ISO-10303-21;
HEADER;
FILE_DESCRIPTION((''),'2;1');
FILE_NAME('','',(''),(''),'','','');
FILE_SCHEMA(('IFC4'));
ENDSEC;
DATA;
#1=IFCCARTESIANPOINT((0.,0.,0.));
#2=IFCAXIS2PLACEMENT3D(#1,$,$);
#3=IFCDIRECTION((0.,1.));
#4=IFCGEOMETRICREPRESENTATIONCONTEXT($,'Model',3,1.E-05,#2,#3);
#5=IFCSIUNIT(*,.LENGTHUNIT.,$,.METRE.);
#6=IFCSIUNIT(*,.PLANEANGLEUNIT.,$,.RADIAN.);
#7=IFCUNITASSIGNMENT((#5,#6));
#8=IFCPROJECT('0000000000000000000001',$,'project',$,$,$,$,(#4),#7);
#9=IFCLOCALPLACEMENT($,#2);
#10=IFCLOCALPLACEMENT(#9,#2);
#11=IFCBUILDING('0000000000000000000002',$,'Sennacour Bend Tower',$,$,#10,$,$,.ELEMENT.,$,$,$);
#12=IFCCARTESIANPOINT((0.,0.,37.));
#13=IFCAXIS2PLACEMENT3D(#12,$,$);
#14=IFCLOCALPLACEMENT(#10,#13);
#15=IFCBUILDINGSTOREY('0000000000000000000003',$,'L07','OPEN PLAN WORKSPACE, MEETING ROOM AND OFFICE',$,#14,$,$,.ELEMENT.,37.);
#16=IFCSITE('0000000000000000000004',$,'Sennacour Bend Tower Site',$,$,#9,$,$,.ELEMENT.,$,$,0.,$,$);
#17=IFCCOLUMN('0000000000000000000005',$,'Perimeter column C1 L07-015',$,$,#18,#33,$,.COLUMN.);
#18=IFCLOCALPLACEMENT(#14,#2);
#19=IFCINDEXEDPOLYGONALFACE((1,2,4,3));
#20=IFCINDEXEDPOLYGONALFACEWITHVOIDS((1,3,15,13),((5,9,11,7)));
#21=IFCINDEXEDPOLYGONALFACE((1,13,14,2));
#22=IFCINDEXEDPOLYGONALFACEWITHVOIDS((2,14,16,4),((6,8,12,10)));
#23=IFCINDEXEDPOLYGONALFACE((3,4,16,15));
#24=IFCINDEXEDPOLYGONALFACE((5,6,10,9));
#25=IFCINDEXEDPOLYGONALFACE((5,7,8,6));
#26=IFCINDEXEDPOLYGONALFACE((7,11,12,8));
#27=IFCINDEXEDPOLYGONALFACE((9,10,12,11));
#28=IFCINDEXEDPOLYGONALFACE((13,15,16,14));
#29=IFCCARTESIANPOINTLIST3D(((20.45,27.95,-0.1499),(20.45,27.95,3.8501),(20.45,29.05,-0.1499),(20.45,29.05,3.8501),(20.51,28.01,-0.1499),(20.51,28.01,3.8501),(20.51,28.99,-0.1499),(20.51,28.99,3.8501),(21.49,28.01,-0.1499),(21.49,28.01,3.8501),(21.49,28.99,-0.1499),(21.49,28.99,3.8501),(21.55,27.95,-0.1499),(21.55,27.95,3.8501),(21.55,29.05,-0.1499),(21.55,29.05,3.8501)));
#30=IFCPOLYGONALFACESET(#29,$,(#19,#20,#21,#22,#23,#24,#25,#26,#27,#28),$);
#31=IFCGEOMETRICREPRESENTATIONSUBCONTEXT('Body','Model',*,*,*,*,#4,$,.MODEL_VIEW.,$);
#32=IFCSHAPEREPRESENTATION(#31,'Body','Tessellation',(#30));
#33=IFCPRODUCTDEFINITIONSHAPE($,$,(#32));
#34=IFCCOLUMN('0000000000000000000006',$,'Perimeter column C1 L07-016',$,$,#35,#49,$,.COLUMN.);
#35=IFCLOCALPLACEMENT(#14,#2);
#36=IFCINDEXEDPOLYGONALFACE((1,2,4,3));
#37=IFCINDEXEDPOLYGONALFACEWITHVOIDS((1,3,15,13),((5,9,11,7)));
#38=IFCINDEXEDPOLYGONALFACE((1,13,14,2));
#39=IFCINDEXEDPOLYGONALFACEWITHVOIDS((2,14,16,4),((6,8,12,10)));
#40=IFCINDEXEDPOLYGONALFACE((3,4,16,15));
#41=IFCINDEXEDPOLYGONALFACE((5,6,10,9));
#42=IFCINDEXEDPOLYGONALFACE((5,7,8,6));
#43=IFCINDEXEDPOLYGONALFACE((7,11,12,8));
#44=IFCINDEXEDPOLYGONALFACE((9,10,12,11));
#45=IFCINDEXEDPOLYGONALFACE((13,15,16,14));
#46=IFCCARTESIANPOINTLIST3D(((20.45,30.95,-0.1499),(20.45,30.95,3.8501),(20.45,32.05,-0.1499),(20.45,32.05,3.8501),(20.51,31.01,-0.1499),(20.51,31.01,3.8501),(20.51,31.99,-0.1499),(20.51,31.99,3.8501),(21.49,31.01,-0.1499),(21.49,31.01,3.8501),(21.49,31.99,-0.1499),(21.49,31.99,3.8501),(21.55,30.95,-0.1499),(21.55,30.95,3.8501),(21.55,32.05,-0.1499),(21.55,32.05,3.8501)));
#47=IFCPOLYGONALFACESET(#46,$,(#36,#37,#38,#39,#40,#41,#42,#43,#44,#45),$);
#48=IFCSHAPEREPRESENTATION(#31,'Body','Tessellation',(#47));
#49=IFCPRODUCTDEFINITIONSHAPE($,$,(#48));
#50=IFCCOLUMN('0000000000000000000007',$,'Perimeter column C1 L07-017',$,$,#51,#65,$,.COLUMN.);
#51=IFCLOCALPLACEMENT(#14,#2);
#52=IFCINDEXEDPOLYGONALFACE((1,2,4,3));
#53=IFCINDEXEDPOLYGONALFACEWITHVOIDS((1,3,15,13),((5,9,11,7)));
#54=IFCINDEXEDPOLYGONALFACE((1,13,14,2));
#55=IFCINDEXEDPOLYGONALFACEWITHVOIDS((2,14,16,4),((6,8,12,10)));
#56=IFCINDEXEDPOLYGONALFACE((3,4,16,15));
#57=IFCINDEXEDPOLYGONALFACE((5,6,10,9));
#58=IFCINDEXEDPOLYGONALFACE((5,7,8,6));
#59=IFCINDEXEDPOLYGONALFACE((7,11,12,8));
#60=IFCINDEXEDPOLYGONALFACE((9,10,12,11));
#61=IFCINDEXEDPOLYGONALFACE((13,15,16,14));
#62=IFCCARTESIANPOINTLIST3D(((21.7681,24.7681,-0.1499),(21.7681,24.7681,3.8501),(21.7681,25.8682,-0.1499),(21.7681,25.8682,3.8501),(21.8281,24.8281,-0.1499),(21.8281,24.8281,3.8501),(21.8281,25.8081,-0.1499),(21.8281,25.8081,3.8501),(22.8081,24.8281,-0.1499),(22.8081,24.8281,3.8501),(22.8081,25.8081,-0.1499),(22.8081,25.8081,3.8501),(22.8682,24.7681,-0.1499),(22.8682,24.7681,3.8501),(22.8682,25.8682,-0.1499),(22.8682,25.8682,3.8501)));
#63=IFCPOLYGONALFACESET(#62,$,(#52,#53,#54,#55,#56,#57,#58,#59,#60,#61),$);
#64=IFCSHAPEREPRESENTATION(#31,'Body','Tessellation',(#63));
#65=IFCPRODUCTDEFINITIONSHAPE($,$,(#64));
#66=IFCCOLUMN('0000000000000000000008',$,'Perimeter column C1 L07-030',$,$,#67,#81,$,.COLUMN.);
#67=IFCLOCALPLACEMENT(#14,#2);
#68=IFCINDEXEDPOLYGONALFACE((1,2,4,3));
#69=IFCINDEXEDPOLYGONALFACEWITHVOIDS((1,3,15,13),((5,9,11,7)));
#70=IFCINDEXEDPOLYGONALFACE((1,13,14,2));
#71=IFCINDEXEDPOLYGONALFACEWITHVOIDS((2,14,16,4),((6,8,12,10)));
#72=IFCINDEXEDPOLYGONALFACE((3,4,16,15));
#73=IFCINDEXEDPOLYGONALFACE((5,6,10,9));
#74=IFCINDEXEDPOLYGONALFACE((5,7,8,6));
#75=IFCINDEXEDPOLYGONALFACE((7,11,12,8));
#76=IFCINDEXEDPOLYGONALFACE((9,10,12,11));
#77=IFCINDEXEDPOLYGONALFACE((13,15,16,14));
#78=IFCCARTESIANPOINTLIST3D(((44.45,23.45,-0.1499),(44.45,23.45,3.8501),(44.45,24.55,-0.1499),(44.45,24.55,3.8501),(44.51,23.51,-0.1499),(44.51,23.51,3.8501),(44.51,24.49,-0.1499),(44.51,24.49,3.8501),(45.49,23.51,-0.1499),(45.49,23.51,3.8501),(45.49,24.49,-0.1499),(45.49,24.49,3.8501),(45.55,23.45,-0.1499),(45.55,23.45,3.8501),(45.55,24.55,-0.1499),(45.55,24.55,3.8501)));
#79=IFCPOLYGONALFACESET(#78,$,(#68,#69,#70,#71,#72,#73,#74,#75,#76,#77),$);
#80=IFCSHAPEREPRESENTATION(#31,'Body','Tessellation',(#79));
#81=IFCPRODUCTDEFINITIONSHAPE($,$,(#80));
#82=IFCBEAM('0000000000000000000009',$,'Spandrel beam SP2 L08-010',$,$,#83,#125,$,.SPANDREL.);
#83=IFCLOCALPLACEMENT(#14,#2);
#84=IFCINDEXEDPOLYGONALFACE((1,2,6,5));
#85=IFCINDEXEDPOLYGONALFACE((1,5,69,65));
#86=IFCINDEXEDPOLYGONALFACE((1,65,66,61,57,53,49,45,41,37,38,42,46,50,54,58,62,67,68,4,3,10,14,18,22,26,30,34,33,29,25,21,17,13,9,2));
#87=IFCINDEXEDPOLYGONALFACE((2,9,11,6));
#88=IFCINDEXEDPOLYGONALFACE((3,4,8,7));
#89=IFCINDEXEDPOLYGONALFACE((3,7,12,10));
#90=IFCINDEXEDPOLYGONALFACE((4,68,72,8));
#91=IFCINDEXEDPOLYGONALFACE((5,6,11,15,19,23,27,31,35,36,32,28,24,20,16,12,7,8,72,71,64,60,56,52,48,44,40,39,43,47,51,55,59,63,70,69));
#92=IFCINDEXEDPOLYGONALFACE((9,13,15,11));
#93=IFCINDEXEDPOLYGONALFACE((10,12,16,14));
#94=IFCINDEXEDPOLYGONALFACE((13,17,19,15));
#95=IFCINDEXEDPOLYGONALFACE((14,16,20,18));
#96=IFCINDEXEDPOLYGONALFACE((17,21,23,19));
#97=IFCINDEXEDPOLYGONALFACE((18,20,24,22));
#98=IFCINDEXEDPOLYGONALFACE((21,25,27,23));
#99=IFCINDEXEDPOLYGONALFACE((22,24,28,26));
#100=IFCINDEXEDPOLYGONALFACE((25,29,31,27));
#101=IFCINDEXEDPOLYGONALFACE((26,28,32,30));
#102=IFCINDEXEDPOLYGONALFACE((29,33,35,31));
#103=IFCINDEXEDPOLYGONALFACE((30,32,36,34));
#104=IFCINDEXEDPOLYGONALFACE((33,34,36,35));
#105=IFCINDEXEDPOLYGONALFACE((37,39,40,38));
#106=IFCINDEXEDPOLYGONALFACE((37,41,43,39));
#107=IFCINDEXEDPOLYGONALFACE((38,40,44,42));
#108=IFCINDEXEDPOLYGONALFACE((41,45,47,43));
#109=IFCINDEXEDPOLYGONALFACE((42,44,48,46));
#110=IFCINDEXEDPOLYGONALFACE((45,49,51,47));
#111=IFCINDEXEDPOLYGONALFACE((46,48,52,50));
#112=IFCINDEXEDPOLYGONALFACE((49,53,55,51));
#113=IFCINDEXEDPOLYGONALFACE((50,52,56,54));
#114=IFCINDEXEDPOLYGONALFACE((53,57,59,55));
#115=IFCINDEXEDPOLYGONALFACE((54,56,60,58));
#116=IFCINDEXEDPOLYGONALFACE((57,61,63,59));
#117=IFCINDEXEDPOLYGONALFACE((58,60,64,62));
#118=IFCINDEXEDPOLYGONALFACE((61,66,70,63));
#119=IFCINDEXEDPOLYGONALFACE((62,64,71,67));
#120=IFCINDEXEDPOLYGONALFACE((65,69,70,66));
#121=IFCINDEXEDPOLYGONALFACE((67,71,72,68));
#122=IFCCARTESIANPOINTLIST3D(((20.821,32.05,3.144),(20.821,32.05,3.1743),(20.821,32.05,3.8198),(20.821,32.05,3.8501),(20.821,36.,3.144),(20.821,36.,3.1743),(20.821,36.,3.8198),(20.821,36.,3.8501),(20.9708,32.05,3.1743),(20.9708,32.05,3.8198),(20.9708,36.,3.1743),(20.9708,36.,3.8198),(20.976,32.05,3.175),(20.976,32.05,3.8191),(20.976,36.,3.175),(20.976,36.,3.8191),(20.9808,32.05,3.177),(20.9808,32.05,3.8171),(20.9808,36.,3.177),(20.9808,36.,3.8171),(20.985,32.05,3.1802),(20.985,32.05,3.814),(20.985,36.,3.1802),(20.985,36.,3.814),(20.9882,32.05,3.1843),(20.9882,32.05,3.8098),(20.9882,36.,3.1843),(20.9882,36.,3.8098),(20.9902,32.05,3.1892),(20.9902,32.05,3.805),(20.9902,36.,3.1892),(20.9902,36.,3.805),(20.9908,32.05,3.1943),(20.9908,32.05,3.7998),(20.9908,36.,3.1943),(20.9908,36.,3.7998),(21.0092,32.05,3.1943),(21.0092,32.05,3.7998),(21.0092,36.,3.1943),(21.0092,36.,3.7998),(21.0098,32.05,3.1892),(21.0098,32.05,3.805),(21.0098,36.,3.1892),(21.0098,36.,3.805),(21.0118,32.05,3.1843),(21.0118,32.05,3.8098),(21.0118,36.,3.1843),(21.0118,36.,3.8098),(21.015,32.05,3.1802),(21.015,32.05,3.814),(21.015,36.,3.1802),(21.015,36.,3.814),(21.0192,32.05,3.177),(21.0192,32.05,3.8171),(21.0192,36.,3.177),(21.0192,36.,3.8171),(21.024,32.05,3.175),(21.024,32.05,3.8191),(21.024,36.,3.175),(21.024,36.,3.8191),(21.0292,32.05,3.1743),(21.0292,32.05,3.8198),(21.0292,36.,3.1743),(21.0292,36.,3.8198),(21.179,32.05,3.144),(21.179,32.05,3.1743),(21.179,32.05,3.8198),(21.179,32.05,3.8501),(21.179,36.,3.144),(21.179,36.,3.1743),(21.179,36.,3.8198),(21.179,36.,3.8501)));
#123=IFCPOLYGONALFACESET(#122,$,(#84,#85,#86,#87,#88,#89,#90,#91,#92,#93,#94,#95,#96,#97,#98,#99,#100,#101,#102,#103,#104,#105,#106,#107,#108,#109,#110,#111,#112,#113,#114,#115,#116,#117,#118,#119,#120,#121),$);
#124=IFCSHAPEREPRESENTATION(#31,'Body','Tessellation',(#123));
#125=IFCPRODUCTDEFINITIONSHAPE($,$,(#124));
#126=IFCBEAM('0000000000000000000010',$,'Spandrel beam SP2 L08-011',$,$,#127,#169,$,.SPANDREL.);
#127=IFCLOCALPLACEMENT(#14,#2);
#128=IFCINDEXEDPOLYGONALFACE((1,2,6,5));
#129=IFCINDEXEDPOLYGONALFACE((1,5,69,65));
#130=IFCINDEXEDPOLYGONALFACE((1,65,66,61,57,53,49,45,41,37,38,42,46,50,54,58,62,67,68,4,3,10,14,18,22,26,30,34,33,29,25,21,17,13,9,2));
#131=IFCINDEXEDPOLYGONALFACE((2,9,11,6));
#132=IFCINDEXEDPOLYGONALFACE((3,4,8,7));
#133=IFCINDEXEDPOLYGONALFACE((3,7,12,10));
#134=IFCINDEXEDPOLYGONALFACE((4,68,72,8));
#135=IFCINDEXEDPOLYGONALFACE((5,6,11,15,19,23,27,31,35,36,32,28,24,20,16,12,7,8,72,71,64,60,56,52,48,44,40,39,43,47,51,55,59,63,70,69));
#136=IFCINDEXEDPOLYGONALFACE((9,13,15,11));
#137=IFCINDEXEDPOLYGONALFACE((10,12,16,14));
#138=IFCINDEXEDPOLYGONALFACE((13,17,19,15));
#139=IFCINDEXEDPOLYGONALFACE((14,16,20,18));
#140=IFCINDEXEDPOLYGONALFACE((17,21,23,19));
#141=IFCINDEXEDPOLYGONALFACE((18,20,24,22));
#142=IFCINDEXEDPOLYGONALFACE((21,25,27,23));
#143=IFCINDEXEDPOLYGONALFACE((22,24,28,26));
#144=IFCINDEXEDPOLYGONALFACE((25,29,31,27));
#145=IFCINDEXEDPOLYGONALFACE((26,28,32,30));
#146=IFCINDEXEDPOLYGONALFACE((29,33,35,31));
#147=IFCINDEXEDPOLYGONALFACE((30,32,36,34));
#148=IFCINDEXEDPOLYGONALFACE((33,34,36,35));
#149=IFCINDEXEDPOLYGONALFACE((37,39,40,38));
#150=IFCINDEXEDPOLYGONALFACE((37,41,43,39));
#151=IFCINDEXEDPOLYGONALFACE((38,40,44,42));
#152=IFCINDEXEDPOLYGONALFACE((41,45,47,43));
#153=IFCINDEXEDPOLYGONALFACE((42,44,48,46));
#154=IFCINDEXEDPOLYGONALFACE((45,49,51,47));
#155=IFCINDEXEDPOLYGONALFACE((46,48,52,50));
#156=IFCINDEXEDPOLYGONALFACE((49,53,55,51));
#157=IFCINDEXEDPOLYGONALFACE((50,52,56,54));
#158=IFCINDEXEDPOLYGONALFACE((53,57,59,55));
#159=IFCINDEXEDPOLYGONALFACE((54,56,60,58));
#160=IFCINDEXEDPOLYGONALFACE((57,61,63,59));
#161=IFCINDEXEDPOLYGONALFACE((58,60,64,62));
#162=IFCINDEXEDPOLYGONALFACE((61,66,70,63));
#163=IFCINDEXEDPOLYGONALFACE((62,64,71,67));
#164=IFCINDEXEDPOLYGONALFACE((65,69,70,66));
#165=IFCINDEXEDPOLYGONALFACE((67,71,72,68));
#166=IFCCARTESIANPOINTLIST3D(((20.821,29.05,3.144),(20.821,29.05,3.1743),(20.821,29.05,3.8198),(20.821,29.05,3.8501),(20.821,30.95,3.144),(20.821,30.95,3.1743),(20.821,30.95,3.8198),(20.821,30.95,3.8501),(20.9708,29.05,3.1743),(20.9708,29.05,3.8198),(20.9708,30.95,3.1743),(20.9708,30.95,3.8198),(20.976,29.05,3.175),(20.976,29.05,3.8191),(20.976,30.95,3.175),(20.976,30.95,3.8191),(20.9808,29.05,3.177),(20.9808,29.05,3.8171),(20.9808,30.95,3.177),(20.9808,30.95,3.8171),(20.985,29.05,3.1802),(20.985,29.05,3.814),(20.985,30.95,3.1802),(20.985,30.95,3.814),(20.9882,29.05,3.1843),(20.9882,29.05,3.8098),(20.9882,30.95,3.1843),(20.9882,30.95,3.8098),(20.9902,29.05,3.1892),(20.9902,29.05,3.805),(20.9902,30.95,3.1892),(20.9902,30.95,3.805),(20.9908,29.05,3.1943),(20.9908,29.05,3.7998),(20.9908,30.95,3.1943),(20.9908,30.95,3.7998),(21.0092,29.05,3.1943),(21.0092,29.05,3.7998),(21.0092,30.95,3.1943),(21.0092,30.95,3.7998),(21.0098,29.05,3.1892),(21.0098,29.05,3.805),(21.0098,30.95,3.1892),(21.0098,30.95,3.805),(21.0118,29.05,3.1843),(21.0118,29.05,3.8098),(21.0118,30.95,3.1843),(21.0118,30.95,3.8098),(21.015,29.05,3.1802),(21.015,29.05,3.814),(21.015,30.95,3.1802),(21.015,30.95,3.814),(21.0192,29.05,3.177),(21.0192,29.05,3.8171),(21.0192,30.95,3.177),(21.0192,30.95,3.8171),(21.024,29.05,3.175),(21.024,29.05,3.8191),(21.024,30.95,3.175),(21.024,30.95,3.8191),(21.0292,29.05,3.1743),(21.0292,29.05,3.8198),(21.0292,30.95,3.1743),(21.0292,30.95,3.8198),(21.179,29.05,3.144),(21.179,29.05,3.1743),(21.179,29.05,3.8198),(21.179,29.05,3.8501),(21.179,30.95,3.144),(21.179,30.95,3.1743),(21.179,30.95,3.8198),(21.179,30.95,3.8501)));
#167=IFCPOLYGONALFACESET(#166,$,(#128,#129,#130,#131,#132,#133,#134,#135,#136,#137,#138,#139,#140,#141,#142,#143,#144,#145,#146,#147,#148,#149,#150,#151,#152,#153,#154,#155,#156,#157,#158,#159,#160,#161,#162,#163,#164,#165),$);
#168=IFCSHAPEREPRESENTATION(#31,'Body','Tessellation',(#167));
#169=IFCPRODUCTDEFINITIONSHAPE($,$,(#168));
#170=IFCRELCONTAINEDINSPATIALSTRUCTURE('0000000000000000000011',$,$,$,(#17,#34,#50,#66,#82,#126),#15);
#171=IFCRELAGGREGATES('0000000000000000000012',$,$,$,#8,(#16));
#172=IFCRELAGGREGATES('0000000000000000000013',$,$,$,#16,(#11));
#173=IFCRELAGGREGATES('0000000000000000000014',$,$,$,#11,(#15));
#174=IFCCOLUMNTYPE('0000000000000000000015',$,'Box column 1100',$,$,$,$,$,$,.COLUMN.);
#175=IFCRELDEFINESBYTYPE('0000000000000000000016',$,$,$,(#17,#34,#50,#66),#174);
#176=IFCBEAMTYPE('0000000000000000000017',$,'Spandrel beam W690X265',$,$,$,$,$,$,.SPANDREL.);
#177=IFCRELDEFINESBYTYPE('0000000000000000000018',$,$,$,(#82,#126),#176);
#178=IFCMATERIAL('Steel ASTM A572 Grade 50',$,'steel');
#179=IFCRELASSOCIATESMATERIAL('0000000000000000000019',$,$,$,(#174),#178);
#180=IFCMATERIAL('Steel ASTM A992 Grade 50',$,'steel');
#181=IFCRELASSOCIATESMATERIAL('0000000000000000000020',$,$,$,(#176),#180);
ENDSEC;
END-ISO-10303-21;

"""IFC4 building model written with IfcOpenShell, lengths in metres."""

from ifc_helpers import new_model, si_unit, direction, frame, origin, origin_2d, place, context, subcontext, project, spatial, hollow_rectangle, i_section, extrude, material, material_profile, profile_set, type_object, element, save


model = new_model("IFC4")

# Units and contexts
model_context = context("Model", 3, precision=1e-05, world=origin(), true_north=direction((0.0, 1.0)))
body_context = subcontext(model_context, "Body", "Model", "MODEL_VIEW")
ifc_project = project(units=[si_unit("LENGTHUNIT", "METRE"), si_unit("PLANEANGLEUNIT", "RADIAN")], contexts=[model_context])

# Site, building, storey
site_placement = place(None, origin())
site = spatial("IfcSite", under=ifc_project, at=site_placement, Name="Sennacour Bend Tower Site", CompositionType="ELEMENT", RefElevation=0.0)
building_placement = place(site_placement, origin())
building = spatial("IfcBuilding", under=site, at=building_placement, Name="Sennacour Bend Tower", CompositionType="ELEMENT")
storey_placement = place(building_placement, frame((0.0, 0.0, 37.0)))
storey = spatial("IfcBuildingStorey", under=building, at=storey_placement, Name="L07", Description="OPEN PLAN WORKSPACE, MEETING ROOM AND OFFICE", CompositionType="ELEMENT", Elevation=37.0)

# Columns
ifc_material_1 = material(Name="Steel ASTM A572 Grade 50", Category="steel")
ifc_material_profile_1 = material_profile(ifc_material_1, hollow_rectangle(XDim=1.1001, YDim=1.1001, WallThickness=0.0601, at=origin_2d()), Name="Steel ASTM A572 Grade 50", Category="steel")
ifc_profile_set_1 = profile_set([ifc_material_profile_1], Name="Steel ASTM A572 Grade 50")
column_type = type_object("IfcColumnType", Name="Box column 1100", PredefinedType="COLUMN", material=ifc_profile_set_1)
for number, where, z_axis, x_axis, name in (
    (1, (21.0, 28.5, -0.1499), (0.0, 0.0, 1.0), (1.0, 0.0, 0.0), "Perimeter column C1 L07-015"),
    (2, (21.0, 31.5, -0.1499), (0.0, 0.0, 1.0), (1.0, 0.0, 0.0), "Perimeter column C1 L07-016"),
    (3, (22.3181, 25.3181, -0.1499), (0.0, 0.0, 1.0), (1.0, 0.0, 0.0), "Perimeter column C1 L07-017"),
    (4, (45.0, 24.0, -0.1499), (0.0, 0.0, 1.0), (1.0, 0.0, 0.0), "Perimeter column C1 L07-030"),
):
    element("IfcColumn", number, at=place(storey_placement, frame(where, z_axis=z_axis, x_axis=x_axis)), inside=storey, type_object=column_type, Name=name, PredefinedType="COLUMN", context=body_context, shape_type="SweptSolid", body=[
        extrude(hollow_rectangle(XDim=1.1001, YDim=1.1001, WallThickness=0.0601, at=origin_2d()), origin(), (0.0, 0.0, 1.0), 4.0),
    ])

# Beams
ifc_material_2 = material(Name="Steel ASTM A992 Grade 50", Category="steel")
ifc_material_profile_2 = material_profile(ifc_material_2, i_section(OverallWidth=0.3579, OverallDepth=0.7061, WebThickness=0.0183, FlangeThickness=0.0303, FilletRadius=0.02, at=origin_2d()), Name="Steel ASTM A992 Grade 50", Category="steel")
ifc_profile_set_2 = profile_set([ifc_material_profile_2], Name="Steel ASTM A992 Grade 50")
beam_type = type_object("IfcBeamType", Name="Spandrel beam W690X265", PredefinedType="SPANDREL", material=ifc_profile_set_2)
beam_1_placement = place(storey_placement, frame((21.0, 36.0, 3.4971), z_axis=(0.0, -1.0, 0.0), x_axis=(1.0, 0.0, 0.0)))
element("IfcBeam", 5, at=beam_1_placement, inside=storey, type_object=beam_type, Name="Spandrel beam SP2 L08-010", PredefinedType="SPANDREL", context=body_context, shape_type="SweptSolid", body=[
    extrude(i_section(OverallWidth=0.3579, OverallDepth=0.7061, WebThickness=0.0183, FlangeThickness=0.0303, FilletRadius=0.02, at=origin_2d()), origin(), (0.0, 0.0, 1.0), 3.95),
])
beam_2_placement = place(storey_placement, frame((21.0, 30.95, 3.4971), z_axis=(0.0, -1.0, 0.0), x_axis=(1.0, 0.0, 0.0)))
element("IfcBeam", 6, at=beam_2_placement, inside=storey, type_object=beam_type, Name="Spandrel beam SP2 L08-011", PredefinedType="SPANDREL", context=body_context, shape_type="SweptSolid", body=[
    extrude(i_section(OverallWidth=0.3579, OverallDepth=0.7061, WebThickness=0.0183, FlangeThickness=0.0303, FilletRadius=0.02, at=origin_2d()), origin(), (0.0, 0.0, 1.0), 1.8999),
])

save(model, "model.ifc")
